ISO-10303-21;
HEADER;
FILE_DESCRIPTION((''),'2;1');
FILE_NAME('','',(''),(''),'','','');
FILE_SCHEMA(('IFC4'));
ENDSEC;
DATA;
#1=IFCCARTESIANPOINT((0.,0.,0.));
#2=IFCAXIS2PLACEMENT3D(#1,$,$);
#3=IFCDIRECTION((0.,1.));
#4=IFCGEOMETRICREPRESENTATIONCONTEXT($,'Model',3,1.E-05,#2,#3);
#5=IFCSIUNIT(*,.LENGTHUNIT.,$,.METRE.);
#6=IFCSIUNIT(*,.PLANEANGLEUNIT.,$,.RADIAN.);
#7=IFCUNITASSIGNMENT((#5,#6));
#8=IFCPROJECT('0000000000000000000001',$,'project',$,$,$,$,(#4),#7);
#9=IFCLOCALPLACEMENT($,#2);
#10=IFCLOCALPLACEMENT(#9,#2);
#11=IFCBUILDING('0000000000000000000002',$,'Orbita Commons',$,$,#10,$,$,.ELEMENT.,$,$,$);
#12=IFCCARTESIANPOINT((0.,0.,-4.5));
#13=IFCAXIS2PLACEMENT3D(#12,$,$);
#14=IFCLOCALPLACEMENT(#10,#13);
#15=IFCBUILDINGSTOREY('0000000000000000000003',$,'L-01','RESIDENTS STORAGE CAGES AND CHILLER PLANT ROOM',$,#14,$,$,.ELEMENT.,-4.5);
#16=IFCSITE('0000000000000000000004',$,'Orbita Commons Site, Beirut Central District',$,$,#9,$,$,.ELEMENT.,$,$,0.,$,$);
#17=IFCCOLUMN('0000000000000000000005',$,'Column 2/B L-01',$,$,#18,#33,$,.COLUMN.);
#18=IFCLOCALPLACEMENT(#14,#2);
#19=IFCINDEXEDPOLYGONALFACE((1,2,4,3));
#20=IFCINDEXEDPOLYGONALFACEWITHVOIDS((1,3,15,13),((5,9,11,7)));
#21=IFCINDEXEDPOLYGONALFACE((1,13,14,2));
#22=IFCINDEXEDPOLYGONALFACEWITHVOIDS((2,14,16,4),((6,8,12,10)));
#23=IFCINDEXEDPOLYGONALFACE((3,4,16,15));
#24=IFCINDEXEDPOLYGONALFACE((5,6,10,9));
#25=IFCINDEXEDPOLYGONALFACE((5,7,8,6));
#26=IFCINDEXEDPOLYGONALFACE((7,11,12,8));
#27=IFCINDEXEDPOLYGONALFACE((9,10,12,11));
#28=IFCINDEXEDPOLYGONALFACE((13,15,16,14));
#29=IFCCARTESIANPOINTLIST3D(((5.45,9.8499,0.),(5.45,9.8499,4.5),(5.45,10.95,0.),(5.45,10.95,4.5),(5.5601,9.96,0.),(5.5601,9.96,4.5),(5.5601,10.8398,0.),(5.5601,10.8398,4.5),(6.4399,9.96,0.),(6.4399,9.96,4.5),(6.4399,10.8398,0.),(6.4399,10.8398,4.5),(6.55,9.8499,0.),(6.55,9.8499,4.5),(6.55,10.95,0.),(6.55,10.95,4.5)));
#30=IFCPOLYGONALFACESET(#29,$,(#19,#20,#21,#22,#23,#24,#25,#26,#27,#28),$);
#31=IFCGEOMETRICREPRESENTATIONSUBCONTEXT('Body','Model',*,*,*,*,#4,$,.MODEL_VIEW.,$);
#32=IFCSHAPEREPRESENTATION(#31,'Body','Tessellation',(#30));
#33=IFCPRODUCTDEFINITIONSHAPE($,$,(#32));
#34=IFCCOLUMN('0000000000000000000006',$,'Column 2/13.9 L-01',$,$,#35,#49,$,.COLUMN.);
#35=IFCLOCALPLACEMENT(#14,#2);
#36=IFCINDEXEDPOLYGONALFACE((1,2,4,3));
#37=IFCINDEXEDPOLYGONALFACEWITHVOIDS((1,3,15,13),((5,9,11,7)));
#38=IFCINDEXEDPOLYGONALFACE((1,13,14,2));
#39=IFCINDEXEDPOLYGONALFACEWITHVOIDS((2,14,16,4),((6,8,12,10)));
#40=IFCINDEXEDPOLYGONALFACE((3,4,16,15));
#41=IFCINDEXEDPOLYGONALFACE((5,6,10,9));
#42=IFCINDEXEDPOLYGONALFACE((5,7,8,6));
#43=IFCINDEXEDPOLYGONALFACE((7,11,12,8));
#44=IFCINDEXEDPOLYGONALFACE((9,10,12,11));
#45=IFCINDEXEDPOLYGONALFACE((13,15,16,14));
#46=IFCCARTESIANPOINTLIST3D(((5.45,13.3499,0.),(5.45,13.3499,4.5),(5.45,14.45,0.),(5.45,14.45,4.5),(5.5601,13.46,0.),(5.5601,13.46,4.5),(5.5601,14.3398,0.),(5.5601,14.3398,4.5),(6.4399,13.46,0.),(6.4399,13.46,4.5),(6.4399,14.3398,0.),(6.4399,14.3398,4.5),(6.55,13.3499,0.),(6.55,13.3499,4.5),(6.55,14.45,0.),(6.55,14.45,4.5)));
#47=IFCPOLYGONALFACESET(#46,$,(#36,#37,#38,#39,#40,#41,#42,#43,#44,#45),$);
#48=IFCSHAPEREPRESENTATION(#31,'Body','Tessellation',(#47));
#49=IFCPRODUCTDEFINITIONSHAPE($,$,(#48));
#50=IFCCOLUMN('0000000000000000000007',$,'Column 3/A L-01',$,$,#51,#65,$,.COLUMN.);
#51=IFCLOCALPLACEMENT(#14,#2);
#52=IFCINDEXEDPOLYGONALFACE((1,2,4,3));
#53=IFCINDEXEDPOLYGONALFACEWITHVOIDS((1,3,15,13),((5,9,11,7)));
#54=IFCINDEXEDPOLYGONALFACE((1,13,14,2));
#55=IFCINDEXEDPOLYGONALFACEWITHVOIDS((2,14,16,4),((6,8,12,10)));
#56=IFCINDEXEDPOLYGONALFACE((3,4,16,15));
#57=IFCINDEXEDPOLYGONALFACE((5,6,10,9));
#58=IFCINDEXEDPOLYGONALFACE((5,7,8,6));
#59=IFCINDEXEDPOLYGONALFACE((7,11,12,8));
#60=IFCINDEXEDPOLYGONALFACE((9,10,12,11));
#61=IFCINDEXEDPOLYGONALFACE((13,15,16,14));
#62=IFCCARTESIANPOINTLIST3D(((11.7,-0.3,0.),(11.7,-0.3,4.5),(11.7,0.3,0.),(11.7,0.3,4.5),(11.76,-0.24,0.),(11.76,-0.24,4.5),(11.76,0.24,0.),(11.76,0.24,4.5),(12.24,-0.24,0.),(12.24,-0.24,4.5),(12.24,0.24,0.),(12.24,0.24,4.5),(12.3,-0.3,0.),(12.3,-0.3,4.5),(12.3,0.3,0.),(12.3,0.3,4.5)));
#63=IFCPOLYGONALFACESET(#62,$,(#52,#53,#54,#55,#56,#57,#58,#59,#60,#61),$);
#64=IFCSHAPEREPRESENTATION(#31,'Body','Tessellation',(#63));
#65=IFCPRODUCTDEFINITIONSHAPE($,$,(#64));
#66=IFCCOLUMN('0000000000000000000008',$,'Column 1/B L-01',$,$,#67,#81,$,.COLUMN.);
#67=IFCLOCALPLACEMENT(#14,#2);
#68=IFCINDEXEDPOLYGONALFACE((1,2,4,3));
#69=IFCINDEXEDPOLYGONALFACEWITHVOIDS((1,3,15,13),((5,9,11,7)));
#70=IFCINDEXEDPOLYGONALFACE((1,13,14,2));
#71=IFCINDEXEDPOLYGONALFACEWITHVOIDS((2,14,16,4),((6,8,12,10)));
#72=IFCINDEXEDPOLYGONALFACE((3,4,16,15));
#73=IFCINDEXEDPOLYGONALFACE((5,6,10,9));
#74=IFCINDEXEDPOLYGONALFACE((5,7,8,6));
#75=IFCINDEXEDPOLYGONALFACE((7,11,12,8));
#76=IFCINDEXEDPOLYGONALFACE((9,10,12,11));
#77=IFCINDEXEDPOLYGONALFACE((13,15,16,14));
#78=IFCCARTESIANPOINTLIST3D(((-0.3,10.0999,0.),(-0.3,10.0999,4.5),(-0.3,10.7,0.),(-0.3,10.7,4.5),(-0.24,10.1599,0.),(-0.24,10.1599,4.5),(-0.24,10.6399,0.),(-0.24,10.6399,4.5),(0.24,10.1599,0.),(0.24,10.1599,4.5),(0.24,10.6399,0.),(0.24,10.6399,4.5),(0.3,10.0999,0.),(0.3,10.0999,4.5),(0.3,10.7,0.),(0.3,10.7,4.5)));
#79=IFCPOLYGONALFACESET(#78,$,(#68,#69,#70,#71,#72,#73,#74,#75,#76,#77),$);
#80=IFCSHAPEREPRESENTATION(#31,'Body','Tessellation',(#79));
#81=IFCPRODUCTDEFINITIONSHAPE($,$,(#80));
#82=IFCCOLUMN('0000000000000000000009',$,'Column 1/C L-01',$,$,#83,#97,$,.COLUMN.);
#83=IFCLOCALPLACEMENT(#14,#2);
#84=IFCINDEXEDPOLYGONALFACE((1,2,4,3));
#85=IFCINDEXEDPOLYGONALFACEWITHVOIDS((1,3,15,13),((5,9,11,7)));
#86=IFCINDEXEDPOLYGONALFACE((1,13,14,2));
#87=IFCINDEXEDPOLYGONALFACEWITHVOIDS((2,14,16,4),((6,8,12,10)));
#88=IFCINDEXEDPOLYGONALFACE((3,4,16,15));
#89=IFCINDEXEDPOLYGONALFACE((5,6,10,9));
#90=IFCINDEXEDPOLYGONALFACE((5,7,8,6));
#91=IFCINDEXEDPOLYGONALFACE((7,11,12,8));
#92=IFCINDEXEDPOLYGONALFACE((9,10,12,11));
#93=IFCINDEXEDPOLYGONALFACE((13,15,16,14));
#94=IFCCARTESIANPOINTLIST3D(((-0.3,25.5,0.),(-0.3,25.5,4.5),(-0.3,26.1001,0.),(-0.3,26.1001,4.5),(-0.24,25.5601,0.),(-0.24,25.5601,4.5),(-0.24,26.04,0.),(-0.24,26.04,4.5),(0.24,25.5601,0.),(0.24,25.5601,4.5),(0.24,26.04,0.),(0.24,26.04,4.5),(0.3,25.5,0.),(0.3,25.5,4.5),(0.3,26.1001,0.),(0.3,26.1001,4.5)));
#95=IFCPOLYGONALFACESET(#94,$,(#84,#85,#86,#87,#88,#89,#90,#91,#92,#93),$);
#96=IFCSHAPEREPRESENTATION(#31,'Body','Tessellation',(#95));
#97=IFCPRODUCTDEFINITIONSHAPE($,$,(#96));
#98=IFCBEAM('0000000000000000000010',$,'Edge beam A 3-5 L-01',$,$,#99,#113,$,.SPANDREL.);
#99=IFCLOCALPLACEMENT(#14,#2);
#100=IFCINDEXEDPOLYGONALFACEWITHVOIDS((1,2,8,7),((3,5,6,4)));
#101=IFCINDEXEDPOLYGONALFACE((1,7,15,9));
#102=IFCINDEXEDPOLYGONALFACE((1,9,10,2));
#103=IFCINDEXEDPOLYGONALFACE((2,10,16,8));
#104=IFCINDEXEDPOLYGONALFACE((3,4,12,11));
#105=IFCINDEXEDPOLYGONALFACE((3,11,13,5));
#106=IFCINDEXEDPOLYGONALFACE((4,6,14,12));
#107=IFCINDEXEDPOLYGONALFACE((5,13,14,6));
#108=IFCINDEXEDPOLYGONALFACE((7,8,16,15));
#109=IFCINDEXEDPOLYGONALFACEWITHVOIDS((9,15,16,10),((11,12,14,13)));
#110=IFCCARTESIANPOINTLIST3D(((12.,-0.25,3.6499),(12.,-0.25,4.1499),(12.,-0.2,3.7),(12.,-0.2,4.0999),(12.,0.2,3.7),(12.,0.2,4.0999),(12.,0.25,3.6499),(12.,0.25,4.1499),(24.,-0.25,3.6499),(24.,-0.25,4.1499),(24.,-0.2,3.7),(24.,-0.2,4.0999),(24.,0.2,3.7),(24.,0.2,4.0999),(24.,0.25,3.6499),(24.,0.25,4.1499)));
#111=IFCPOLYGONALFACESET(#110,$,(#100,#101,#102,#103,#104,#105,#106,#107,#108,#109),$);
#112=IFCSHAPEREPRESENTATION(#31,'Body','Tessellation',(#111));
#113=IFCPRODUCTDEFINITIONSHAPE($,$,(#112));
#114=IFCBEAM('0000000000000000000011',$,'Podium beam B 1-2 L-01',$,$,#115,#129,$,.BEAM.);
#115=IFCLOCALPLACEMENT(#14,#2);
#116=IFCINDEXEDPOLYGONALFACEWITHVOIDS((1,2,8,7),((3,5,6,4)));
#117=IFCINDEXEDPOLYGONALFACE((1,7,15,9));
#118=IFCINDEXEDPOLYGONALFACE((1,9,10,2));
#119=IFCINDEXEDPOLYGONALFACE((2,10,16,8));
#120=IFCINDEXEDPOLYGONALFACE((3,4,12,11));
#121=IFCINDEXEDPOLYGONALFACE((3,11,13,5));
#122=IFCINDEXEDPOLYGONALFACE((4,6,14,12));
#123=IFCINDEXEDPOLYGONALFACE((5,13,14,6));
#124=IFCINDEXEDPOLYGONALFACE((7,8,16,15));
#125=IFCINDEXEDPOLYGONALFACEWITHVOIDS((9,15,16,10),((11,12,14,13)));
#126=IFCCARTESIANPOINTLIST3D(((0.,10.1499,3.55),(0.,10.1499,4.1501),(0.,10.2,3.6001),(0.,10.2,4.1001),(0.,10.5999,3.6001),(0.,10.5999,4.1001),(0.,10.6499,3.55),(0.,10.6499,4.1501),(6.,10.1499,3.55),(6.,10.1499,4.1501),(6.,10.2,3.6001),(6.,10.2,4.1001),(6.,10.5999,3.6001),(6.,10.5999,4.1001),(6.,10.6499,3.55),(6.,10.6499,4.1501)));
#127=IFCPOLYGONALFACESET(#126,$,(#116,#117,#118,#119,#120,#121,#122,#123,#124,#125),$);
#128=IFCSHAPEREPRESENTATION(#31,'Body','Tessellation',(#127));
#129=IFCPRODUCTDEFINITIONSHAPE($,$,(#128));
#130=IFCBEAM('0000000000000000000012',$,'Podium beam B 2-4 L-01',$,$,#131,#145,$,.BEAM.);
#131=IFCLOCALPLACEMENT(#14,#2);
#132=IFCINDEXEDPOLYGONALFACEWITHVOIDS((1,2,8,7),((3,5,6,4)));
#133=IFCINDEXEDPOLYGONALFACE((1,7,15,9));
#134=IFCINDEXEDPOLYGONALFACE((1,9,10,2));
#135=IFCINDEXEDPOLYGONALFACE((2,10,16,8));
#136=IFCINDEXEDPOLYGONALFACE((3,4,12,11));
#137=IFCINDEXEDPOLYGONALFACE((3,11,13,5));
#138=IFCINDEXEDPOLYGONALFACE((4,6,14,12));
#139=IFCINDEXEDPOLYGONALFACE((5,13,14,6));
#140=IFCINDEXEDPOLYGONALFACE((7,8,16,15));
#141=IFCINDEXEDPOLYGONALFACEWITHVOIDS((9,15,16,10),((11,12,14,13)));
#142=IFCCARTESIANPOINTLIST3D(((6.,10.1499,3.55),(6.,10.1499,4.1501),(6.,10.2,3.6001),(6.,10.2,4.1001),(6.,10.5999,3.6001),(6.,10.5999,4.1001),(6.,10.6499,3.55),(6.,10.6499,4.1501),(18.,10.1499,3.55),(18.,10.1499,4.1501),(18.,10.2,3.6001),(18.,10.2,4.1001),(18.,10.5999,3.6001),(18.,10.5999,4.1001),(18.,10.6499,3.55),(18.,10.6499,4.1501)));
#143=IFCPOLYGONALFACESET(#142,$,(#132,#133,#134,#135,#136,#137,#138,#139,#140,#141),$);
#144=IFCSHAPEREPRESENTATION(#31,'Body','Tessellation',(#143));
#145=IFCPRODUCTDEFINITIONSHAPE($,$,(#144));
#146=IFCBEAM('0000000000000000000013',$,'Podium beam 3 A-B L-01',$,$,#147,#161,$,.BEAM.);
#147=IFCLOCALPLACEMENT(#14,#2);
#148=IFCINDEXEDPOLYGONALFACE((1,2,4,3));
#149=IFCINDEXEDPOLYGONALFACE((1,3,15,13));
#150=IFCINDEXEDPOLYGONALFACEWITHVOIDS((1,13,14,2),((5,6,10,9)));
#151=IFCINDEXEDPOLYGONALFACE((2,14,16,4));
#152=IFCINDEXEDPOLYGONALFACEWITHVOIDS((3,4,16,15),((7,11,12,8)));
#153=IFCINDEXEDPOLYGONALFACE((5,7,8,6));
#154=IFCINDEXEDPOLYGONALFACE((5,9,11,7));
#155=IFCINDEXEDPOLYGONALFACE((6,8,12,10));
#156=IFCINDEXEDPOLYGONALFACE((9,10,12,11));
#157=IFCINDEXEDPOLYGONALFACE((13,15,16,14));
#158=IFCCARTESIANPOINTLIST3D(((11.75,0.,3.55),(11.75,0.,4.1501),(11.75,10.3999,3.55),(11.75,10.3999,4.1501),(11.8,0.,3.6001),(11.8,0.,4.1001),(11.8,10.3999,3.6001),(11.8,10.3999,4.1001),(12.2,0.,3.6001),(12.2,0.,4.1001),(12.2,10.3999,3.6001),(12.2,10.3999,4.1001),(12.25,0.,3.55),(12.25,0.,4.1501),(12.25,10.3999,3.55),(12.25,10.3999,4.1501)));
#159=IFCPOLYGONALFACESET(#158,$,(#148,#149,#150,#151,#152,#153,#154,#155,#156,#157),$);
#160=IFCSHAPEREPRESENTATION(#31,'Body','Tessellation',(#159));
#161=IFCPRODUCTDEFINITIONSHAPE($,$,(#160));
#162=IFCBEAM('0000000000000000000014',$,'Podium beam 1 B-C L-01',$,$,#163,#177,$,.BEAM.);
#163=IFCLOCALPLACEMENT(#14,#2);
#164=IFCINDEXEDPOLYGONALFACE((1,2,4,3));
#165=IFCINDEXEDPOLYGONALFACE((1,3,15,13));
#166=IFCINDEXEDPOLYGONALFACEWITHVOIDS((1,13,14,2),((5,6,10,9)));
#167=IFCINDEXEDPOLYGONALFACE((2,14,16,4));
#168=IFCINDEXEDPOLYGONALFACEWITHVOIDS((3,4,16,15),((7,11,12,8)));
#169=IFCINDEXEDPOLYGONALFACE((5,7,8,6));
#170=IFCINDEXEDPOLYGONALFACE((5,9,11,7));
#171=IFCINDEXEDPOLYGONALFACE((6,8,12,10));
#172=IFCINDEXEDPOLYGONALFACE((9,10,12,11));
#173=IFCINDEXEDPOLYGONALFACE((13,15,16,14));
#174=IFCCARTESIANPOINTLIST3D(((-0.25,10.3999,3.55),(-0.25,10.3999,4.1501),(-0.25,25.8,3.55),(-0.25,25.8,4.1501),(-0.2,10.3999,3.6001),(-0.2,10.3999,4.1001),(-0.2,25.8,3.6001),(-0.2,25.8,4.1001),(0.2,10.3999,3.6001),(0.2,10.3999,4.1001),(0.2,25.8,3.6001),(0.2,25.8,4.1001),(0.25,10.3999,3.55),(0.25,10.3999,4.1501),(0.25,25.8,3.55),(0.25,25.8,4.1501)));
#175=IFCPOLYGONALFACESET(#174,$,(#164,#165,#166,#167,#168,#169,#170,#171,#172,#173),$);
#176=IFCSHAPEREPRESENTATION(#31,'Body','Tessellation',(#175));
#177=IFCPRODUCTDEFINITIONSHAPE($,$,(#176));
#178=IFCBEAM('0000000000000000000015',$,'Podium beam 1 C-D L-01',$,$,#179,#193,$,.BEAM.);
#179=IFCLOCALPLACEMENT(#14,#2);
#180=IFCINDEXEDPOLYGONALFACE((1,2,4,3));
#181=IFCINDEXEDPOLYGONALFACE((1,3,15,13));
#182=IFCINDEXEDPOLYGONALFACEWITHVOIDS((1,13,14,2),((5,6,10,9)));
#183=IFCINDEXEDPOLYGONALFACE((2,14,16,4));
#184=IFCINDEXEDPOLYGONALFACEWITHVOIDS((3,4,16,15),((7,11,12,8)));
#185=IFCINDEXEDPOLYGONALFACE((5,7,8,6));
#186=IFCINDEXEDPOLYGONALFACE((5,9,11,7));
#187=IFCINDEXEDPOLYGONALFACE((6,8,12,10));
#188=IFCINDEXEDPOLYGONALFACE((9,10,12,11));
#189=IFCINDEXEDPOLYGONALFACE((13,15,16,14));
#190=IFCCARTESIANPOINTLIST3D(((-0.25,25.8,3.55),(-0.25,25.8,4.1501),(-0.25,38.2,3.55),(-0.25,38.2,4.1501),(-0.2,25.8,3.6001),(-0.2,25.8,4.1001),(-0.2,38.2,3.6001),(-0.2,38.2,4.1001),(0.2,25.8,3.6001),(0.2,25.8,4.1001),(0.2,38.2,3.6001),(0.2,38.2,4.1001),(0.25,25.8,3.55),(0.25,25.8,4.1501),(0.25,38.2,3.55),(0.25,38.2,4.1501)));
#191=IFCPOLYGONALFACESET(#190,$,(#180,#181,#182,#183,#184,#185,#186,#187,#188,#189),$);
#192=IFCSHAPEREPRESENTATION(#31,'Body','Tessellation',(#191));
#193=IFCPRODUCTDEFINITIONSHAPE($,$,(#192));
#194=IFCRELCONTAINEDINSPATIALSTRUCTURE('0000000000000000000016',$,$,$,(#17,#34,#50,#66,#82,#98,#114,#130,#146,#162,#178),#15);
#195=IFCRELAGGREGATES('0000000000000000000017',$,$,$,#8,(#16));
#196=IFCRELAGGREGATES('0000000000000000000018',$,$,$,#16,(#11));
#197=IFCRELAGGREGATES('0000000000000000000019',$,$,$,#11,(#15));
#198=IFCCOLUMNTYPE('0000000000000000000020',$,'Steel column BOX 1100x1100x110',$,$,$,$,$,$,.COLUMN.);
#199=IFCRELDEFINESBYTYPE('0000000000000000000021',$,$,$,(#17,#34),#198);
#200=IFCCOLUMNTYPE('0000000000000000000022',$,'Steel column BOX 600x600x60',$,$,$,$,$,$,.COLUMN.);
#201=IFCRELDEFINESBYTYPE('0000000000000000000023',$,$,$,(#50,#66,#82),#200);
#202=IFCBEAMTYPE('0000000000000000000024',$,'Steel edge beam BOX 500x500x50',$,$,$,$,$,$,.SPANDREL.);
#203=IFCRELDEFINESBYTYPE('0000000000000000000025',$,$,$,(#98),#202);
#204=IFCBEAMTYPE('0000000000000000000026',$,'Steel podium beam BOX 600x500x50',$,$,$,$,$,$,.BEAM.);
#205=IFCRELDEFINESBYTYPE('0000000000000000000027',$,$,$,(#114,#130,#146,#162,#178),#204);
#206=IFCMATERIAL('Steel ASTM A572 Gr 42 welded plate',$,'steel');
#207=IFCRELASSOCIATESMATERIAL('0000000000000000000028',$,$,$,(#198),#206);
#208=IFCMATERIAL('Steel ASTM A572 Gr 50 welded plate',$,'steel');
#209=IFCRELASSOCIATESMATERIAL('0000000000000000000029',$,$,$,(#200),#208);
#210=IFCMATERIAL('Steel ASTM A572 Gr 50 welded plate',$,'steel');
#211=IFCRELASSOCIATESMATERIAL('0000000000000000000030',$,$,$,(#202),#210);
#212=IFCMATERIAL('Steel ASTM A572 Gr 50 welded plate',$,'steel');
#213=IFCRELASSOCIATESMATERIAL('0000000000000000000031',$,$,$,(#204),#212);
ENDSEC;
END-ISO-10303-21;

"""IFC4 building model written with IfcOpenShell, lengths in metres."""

from ifc_helpers import new_model, si_unit, direction, frame, origin, origin_2d, place, context, subcontext, project, spatial, hollow_rectangle, extrude, material, material_profile, profile_set, type_object, element, save


model = new_model("IFC4")

# Units and contexts
model_context = context("Model", 3, precision=1e-05, world=origin(), true_north=direction((0.0, 1.0)))
body_context = subcontext(model_context, "Body", "Model", "MODEL_VIEW")
ifc_project = project(units=[si_unit("LENGTHUNIT", "METRE"), si_unit("PLANEANGLEUNIT", "RADIAN")], contexts=[model_context])

# Site, building, storey
site_placement = place(None, origin())
site = spatial("IfcSite", under=ifc_project, at=site_placement, Name="Orbita Commons Site, Beirut Central District", CompositionType="ELEMENT", RefElevation=0.0)
building_placement = place(site_placement, origin())
building = spatial("IfcBuilding", under=site, at=building_placement, Name="Orbita Commons", CompositionType="ELEMENT")
storey_placement = place(building_placement, frame((0.0, 0.0, -4.5)))
storey = spatial("IfcBuildingStorey", under=building, at=storey_placement, Name="L-01", Description="RESIDENTS STORAGE CAGES AND CHILLER PLANT ROOM", CompositionType="ELEMENT", Elevation=-4.5)

# Columns
ifc_material_1 = material(Name="Steel ASTM A572 Gr 42 welded plate", Category="steel")
ifc_material_profile_1 = material_profile(ifc_material_1, hollow_rectangle(XDim=1.1001, YDim=1.1001, WallThickness=0.1101, at=origin_2d()), Name="BOX 1100x1100x110")
ifc_profile_set_1 = profile_set([ifc_material_profile_1], Name="Steel ASTM A572 Gr 42 welded plate")
column_type_1 = type_object("IfcColumnType", Name="Steel column BOX 1100x1100x110", PredefinedType="COLUMN", material=ifc_profile_set_1)
for number, where, z_axis, x_axis, name in (
    (1, (6.0, 10.3999, 0.0), (0.0, 0.0, 1.0), (1.0, 0.0, 0.0), "Column 2/B L-01"),
    (2, (6.0, 13.8999, 0.0), (0.0, 0.0, 1.0), (1.0, 0.0, 0.0), "Column 2/13.9 L-01"),
):
    element("IfcColumn", number, at=place(storey_placement, frame(where, z_axis=z_axis, x_axis=x_axis)), inside=storey, type_object=column_type_1, Name=name, PredefinedType="COLUMN", context=body_context, shape_type="SweptSolid", body=[
        extrude(hollow_rectangle(XDim=1.1001, YDim=1.1001, WallThickness=0.1101, at=origin_2d()), origin(), (0.0, 0.0, 1.0), 4.5),
    ])
ifc_material_2 = material(Name="Steel ASTM A572 Gr 50 welded plate", Category="steel")
ifc_material_profile_2 = material_profile(ifc_material_2, hollow_rectangle(XDim=0.6001, YDim=0.6001, WallThickness=0.0601, at=origin_2d()), Name="BOX 600x600x60")
ifc_profile_set_2 = profile_set([ifc_material_profile_2], Name="Steel ASTM A572 Gr 50 welded plate")
column_type_2 = type_object("IfcColumnType", Name="Steel column BOX 600x600x60", PredefinedType="COLUMN", material=ifc_profile_set_2)
for number, where, z_axis, x_axis, name in (
    (3, (12.0, 0.0, 0.0), (0.0, 0.0, 1.0), (1.0, 0.0, 0.0), "Column 3/A L-01"),
    (4, (0.0, 10.3999, 0.0), (0.0, 0.0, 1.0), (1.0, 0.0, 0.0), "Column 1/B L-01"),
    (5, (0.0, 25.8, 0.0), (0.0, 0.0, 1.0), (1.0, 0.0, 0.0), "Column 1/C L-01"),
):
    element("IfcColumn", number, at=place(storey_placement, frame(where, z_axis=z_axis, x_axis=x_axis)), inside=storey, type_object=column_type_2, Name=name, PredefinedType="COLUMN", context=body_context, shape_type="SweptSolid", body=[
        extrude(hollow_rectangle(XDim=0.6001, YDim=0.6001, WallThickness=0.0601, at=origin_2d()), origin(), (0.0, 0.0, 1.0), 4.5),
    ])

# Beams
ifc_material_3 = material(Name="Steel ASTM A572 Gr 50 welded plate", Category="steel")
ifc_material_profile_3 = material_profile(ifc_material_3, hollow_rectangle(XDim=0.5, YDim=0.5, WallThickness=0.05, at=origin_2d()), Name="BOX 500x500x50")
ifc_profile_set_3 = profile_set([ifc_material_profile_3], Name="Steel ASTM A572 Gr 50 welded plate")
beam_type_1 = type_object("IfcBeamType", Name="Steel edge beam BOX 500x500x50", PredefinedType="SPANDREL", material=ifc_profile_set_3)
beam_1_placement = place(storey_placement, frame((12.0, 0.0, 3.8999), z_axis=(1.0, 0.0, 0.0), x_axis=(0.0, 1.0, 0.0)))
element("IfcBeam", 6, at=beam_1_placement, inside=storey, type_object=beam_type_1, Name="Edge beam A 3-5 L-01", PredefinedType="SPANDREL", context=body_context, shape_type="SweptSolid", body=[
    extrude(hollow_rectangle(XDim=0.5, YDim=0.5, WallThickness=0.05, at=origin_2d()), origin(), (0.0, 0.0, 1.0), 12.0),
])
ifc_material_4 = material(Name="Steel ASTM A572 Gr 50 welded plate", Category="steel")
ifc_material_profile_4 = material_profile(ifc_material_4, hollow_rectangle(XDim=0.5, YDim=0.6001, WallThickness=0.05, at=origin_2d()), Name="BOX 600x500x50")
ifc_profile_set_4 = profile_set([ifc_material_profile_4], Name="Steel ASTM A572 Gr 50 welded plate")
beam_type_2 = type_object("IfcBeamType", Name="Steel podium beam BOX 600x500x50", PredefinedType="BEAM", material=ifc_profile_set_4)
beam_2_placement = place(storey_placement, frame((0.0, 10.3999, 3.8501), z_axis=(1.0, 0.0, 0.0), x_axis=(0.0, 1.0, 0.0)))
element("IfcBeam", 7, at=beam_2_placement, inside=storey, type_object=beam_type_2, Name="Podium beam B 1-2 L-01", PredefinedType="BEAM", context=body_context, shape_type="SweptSolid", body=[
    extrude(hollow_rectangle(XDim=0.5, YDim=0.6001, WallThickness=0.05, at=origin_2d()), origin(), (0.0, 0.0, 1.0), 6.0),
])
beam_3_placement = place(storey_placement, frame((6.0, 10.3999, 3.8501), z_axis=(1.0, 0.0, 0.0), x_axis=(0.0, 1.0, 0.0)))
element("IfcBeam", 8, at=beam_3_placement, inside=storey, type_object=beam_type_2, Name="Podium beam B 2-4 L-01", PredefinedType="BEAM", context=body_context, shape_type="SweptSolid", body=[
    extrude(hollow_rectangle(XDim=0.5, YDim=0.6001, WallThickness=0.05, at=origin_2d()), origin(), (0.0, 0.0, 1.0), 12.0),
])
beam_4_placement = place(storey_placement, frame((12.0, 0.0, 3.8501), z_axis=(0.0, 1.0, 0.0), x_axis=(-1.0, 0.0, 0.0)))
element("IfcBeam", 9, at=beam_4_placement, inside=storey, type_object=beam_type_2, Name="Podium beam 3 A-B L-01", PredefinedType="BEAM", context=body_context, shape_type="SweptSolid", body=[
    extrude(hollow_rectangle(XDim=0.5, YDim=0.6001, WallThickness=0.05, at=origin_2d()), origin(), (0.0, 0.0, 1.0), 10.3999),
])
beam_5_placement = place(storey_placement, frame((0.0, 10.3999, 3.8501), z_axis=(0.0, 1.0, 0.0), x_axis=(-1.0, 0.0, 0.0)))
element("IfcBeam", 10, at=beam_5_placement, inside=storey, type_object=beam_type_2, Name="Podium beam 1 B-C L-01", PredefinedType="BEAM", context=body_context, shape_type="SweptSolid", body=[
    extrude(hollow_rectangle(XDim=0.5, YDim=0.6001, WallThickness=0.05, at=origin_2d()), origin(), (0.0, 0.0, 1.0), 15.4001),
])
beam_6_placement = place(storey_placement, frame((0.0, 25.8, 3.8501), z_axis=(0.0, 1.0, 0.0), x_axis=(-1.0, 0.0, 0.0)))
element("IfcBeam", 11, at=beam_6_placement, inside=storey, type_object=beam_type_2, Name="Podium beam 1 C-D L-01", PredefinedType="BEAM", context=body_context, shape_type="SweptSolid", body=[
    extrude(hollow_rectangle(XDim=0.5, YDim=0.6001, WallThickness=0.05, at=origin_2d()), origin(), (0.0, 0.0, 1.0), 12.3999),
])

save(model, "model.ifc")
